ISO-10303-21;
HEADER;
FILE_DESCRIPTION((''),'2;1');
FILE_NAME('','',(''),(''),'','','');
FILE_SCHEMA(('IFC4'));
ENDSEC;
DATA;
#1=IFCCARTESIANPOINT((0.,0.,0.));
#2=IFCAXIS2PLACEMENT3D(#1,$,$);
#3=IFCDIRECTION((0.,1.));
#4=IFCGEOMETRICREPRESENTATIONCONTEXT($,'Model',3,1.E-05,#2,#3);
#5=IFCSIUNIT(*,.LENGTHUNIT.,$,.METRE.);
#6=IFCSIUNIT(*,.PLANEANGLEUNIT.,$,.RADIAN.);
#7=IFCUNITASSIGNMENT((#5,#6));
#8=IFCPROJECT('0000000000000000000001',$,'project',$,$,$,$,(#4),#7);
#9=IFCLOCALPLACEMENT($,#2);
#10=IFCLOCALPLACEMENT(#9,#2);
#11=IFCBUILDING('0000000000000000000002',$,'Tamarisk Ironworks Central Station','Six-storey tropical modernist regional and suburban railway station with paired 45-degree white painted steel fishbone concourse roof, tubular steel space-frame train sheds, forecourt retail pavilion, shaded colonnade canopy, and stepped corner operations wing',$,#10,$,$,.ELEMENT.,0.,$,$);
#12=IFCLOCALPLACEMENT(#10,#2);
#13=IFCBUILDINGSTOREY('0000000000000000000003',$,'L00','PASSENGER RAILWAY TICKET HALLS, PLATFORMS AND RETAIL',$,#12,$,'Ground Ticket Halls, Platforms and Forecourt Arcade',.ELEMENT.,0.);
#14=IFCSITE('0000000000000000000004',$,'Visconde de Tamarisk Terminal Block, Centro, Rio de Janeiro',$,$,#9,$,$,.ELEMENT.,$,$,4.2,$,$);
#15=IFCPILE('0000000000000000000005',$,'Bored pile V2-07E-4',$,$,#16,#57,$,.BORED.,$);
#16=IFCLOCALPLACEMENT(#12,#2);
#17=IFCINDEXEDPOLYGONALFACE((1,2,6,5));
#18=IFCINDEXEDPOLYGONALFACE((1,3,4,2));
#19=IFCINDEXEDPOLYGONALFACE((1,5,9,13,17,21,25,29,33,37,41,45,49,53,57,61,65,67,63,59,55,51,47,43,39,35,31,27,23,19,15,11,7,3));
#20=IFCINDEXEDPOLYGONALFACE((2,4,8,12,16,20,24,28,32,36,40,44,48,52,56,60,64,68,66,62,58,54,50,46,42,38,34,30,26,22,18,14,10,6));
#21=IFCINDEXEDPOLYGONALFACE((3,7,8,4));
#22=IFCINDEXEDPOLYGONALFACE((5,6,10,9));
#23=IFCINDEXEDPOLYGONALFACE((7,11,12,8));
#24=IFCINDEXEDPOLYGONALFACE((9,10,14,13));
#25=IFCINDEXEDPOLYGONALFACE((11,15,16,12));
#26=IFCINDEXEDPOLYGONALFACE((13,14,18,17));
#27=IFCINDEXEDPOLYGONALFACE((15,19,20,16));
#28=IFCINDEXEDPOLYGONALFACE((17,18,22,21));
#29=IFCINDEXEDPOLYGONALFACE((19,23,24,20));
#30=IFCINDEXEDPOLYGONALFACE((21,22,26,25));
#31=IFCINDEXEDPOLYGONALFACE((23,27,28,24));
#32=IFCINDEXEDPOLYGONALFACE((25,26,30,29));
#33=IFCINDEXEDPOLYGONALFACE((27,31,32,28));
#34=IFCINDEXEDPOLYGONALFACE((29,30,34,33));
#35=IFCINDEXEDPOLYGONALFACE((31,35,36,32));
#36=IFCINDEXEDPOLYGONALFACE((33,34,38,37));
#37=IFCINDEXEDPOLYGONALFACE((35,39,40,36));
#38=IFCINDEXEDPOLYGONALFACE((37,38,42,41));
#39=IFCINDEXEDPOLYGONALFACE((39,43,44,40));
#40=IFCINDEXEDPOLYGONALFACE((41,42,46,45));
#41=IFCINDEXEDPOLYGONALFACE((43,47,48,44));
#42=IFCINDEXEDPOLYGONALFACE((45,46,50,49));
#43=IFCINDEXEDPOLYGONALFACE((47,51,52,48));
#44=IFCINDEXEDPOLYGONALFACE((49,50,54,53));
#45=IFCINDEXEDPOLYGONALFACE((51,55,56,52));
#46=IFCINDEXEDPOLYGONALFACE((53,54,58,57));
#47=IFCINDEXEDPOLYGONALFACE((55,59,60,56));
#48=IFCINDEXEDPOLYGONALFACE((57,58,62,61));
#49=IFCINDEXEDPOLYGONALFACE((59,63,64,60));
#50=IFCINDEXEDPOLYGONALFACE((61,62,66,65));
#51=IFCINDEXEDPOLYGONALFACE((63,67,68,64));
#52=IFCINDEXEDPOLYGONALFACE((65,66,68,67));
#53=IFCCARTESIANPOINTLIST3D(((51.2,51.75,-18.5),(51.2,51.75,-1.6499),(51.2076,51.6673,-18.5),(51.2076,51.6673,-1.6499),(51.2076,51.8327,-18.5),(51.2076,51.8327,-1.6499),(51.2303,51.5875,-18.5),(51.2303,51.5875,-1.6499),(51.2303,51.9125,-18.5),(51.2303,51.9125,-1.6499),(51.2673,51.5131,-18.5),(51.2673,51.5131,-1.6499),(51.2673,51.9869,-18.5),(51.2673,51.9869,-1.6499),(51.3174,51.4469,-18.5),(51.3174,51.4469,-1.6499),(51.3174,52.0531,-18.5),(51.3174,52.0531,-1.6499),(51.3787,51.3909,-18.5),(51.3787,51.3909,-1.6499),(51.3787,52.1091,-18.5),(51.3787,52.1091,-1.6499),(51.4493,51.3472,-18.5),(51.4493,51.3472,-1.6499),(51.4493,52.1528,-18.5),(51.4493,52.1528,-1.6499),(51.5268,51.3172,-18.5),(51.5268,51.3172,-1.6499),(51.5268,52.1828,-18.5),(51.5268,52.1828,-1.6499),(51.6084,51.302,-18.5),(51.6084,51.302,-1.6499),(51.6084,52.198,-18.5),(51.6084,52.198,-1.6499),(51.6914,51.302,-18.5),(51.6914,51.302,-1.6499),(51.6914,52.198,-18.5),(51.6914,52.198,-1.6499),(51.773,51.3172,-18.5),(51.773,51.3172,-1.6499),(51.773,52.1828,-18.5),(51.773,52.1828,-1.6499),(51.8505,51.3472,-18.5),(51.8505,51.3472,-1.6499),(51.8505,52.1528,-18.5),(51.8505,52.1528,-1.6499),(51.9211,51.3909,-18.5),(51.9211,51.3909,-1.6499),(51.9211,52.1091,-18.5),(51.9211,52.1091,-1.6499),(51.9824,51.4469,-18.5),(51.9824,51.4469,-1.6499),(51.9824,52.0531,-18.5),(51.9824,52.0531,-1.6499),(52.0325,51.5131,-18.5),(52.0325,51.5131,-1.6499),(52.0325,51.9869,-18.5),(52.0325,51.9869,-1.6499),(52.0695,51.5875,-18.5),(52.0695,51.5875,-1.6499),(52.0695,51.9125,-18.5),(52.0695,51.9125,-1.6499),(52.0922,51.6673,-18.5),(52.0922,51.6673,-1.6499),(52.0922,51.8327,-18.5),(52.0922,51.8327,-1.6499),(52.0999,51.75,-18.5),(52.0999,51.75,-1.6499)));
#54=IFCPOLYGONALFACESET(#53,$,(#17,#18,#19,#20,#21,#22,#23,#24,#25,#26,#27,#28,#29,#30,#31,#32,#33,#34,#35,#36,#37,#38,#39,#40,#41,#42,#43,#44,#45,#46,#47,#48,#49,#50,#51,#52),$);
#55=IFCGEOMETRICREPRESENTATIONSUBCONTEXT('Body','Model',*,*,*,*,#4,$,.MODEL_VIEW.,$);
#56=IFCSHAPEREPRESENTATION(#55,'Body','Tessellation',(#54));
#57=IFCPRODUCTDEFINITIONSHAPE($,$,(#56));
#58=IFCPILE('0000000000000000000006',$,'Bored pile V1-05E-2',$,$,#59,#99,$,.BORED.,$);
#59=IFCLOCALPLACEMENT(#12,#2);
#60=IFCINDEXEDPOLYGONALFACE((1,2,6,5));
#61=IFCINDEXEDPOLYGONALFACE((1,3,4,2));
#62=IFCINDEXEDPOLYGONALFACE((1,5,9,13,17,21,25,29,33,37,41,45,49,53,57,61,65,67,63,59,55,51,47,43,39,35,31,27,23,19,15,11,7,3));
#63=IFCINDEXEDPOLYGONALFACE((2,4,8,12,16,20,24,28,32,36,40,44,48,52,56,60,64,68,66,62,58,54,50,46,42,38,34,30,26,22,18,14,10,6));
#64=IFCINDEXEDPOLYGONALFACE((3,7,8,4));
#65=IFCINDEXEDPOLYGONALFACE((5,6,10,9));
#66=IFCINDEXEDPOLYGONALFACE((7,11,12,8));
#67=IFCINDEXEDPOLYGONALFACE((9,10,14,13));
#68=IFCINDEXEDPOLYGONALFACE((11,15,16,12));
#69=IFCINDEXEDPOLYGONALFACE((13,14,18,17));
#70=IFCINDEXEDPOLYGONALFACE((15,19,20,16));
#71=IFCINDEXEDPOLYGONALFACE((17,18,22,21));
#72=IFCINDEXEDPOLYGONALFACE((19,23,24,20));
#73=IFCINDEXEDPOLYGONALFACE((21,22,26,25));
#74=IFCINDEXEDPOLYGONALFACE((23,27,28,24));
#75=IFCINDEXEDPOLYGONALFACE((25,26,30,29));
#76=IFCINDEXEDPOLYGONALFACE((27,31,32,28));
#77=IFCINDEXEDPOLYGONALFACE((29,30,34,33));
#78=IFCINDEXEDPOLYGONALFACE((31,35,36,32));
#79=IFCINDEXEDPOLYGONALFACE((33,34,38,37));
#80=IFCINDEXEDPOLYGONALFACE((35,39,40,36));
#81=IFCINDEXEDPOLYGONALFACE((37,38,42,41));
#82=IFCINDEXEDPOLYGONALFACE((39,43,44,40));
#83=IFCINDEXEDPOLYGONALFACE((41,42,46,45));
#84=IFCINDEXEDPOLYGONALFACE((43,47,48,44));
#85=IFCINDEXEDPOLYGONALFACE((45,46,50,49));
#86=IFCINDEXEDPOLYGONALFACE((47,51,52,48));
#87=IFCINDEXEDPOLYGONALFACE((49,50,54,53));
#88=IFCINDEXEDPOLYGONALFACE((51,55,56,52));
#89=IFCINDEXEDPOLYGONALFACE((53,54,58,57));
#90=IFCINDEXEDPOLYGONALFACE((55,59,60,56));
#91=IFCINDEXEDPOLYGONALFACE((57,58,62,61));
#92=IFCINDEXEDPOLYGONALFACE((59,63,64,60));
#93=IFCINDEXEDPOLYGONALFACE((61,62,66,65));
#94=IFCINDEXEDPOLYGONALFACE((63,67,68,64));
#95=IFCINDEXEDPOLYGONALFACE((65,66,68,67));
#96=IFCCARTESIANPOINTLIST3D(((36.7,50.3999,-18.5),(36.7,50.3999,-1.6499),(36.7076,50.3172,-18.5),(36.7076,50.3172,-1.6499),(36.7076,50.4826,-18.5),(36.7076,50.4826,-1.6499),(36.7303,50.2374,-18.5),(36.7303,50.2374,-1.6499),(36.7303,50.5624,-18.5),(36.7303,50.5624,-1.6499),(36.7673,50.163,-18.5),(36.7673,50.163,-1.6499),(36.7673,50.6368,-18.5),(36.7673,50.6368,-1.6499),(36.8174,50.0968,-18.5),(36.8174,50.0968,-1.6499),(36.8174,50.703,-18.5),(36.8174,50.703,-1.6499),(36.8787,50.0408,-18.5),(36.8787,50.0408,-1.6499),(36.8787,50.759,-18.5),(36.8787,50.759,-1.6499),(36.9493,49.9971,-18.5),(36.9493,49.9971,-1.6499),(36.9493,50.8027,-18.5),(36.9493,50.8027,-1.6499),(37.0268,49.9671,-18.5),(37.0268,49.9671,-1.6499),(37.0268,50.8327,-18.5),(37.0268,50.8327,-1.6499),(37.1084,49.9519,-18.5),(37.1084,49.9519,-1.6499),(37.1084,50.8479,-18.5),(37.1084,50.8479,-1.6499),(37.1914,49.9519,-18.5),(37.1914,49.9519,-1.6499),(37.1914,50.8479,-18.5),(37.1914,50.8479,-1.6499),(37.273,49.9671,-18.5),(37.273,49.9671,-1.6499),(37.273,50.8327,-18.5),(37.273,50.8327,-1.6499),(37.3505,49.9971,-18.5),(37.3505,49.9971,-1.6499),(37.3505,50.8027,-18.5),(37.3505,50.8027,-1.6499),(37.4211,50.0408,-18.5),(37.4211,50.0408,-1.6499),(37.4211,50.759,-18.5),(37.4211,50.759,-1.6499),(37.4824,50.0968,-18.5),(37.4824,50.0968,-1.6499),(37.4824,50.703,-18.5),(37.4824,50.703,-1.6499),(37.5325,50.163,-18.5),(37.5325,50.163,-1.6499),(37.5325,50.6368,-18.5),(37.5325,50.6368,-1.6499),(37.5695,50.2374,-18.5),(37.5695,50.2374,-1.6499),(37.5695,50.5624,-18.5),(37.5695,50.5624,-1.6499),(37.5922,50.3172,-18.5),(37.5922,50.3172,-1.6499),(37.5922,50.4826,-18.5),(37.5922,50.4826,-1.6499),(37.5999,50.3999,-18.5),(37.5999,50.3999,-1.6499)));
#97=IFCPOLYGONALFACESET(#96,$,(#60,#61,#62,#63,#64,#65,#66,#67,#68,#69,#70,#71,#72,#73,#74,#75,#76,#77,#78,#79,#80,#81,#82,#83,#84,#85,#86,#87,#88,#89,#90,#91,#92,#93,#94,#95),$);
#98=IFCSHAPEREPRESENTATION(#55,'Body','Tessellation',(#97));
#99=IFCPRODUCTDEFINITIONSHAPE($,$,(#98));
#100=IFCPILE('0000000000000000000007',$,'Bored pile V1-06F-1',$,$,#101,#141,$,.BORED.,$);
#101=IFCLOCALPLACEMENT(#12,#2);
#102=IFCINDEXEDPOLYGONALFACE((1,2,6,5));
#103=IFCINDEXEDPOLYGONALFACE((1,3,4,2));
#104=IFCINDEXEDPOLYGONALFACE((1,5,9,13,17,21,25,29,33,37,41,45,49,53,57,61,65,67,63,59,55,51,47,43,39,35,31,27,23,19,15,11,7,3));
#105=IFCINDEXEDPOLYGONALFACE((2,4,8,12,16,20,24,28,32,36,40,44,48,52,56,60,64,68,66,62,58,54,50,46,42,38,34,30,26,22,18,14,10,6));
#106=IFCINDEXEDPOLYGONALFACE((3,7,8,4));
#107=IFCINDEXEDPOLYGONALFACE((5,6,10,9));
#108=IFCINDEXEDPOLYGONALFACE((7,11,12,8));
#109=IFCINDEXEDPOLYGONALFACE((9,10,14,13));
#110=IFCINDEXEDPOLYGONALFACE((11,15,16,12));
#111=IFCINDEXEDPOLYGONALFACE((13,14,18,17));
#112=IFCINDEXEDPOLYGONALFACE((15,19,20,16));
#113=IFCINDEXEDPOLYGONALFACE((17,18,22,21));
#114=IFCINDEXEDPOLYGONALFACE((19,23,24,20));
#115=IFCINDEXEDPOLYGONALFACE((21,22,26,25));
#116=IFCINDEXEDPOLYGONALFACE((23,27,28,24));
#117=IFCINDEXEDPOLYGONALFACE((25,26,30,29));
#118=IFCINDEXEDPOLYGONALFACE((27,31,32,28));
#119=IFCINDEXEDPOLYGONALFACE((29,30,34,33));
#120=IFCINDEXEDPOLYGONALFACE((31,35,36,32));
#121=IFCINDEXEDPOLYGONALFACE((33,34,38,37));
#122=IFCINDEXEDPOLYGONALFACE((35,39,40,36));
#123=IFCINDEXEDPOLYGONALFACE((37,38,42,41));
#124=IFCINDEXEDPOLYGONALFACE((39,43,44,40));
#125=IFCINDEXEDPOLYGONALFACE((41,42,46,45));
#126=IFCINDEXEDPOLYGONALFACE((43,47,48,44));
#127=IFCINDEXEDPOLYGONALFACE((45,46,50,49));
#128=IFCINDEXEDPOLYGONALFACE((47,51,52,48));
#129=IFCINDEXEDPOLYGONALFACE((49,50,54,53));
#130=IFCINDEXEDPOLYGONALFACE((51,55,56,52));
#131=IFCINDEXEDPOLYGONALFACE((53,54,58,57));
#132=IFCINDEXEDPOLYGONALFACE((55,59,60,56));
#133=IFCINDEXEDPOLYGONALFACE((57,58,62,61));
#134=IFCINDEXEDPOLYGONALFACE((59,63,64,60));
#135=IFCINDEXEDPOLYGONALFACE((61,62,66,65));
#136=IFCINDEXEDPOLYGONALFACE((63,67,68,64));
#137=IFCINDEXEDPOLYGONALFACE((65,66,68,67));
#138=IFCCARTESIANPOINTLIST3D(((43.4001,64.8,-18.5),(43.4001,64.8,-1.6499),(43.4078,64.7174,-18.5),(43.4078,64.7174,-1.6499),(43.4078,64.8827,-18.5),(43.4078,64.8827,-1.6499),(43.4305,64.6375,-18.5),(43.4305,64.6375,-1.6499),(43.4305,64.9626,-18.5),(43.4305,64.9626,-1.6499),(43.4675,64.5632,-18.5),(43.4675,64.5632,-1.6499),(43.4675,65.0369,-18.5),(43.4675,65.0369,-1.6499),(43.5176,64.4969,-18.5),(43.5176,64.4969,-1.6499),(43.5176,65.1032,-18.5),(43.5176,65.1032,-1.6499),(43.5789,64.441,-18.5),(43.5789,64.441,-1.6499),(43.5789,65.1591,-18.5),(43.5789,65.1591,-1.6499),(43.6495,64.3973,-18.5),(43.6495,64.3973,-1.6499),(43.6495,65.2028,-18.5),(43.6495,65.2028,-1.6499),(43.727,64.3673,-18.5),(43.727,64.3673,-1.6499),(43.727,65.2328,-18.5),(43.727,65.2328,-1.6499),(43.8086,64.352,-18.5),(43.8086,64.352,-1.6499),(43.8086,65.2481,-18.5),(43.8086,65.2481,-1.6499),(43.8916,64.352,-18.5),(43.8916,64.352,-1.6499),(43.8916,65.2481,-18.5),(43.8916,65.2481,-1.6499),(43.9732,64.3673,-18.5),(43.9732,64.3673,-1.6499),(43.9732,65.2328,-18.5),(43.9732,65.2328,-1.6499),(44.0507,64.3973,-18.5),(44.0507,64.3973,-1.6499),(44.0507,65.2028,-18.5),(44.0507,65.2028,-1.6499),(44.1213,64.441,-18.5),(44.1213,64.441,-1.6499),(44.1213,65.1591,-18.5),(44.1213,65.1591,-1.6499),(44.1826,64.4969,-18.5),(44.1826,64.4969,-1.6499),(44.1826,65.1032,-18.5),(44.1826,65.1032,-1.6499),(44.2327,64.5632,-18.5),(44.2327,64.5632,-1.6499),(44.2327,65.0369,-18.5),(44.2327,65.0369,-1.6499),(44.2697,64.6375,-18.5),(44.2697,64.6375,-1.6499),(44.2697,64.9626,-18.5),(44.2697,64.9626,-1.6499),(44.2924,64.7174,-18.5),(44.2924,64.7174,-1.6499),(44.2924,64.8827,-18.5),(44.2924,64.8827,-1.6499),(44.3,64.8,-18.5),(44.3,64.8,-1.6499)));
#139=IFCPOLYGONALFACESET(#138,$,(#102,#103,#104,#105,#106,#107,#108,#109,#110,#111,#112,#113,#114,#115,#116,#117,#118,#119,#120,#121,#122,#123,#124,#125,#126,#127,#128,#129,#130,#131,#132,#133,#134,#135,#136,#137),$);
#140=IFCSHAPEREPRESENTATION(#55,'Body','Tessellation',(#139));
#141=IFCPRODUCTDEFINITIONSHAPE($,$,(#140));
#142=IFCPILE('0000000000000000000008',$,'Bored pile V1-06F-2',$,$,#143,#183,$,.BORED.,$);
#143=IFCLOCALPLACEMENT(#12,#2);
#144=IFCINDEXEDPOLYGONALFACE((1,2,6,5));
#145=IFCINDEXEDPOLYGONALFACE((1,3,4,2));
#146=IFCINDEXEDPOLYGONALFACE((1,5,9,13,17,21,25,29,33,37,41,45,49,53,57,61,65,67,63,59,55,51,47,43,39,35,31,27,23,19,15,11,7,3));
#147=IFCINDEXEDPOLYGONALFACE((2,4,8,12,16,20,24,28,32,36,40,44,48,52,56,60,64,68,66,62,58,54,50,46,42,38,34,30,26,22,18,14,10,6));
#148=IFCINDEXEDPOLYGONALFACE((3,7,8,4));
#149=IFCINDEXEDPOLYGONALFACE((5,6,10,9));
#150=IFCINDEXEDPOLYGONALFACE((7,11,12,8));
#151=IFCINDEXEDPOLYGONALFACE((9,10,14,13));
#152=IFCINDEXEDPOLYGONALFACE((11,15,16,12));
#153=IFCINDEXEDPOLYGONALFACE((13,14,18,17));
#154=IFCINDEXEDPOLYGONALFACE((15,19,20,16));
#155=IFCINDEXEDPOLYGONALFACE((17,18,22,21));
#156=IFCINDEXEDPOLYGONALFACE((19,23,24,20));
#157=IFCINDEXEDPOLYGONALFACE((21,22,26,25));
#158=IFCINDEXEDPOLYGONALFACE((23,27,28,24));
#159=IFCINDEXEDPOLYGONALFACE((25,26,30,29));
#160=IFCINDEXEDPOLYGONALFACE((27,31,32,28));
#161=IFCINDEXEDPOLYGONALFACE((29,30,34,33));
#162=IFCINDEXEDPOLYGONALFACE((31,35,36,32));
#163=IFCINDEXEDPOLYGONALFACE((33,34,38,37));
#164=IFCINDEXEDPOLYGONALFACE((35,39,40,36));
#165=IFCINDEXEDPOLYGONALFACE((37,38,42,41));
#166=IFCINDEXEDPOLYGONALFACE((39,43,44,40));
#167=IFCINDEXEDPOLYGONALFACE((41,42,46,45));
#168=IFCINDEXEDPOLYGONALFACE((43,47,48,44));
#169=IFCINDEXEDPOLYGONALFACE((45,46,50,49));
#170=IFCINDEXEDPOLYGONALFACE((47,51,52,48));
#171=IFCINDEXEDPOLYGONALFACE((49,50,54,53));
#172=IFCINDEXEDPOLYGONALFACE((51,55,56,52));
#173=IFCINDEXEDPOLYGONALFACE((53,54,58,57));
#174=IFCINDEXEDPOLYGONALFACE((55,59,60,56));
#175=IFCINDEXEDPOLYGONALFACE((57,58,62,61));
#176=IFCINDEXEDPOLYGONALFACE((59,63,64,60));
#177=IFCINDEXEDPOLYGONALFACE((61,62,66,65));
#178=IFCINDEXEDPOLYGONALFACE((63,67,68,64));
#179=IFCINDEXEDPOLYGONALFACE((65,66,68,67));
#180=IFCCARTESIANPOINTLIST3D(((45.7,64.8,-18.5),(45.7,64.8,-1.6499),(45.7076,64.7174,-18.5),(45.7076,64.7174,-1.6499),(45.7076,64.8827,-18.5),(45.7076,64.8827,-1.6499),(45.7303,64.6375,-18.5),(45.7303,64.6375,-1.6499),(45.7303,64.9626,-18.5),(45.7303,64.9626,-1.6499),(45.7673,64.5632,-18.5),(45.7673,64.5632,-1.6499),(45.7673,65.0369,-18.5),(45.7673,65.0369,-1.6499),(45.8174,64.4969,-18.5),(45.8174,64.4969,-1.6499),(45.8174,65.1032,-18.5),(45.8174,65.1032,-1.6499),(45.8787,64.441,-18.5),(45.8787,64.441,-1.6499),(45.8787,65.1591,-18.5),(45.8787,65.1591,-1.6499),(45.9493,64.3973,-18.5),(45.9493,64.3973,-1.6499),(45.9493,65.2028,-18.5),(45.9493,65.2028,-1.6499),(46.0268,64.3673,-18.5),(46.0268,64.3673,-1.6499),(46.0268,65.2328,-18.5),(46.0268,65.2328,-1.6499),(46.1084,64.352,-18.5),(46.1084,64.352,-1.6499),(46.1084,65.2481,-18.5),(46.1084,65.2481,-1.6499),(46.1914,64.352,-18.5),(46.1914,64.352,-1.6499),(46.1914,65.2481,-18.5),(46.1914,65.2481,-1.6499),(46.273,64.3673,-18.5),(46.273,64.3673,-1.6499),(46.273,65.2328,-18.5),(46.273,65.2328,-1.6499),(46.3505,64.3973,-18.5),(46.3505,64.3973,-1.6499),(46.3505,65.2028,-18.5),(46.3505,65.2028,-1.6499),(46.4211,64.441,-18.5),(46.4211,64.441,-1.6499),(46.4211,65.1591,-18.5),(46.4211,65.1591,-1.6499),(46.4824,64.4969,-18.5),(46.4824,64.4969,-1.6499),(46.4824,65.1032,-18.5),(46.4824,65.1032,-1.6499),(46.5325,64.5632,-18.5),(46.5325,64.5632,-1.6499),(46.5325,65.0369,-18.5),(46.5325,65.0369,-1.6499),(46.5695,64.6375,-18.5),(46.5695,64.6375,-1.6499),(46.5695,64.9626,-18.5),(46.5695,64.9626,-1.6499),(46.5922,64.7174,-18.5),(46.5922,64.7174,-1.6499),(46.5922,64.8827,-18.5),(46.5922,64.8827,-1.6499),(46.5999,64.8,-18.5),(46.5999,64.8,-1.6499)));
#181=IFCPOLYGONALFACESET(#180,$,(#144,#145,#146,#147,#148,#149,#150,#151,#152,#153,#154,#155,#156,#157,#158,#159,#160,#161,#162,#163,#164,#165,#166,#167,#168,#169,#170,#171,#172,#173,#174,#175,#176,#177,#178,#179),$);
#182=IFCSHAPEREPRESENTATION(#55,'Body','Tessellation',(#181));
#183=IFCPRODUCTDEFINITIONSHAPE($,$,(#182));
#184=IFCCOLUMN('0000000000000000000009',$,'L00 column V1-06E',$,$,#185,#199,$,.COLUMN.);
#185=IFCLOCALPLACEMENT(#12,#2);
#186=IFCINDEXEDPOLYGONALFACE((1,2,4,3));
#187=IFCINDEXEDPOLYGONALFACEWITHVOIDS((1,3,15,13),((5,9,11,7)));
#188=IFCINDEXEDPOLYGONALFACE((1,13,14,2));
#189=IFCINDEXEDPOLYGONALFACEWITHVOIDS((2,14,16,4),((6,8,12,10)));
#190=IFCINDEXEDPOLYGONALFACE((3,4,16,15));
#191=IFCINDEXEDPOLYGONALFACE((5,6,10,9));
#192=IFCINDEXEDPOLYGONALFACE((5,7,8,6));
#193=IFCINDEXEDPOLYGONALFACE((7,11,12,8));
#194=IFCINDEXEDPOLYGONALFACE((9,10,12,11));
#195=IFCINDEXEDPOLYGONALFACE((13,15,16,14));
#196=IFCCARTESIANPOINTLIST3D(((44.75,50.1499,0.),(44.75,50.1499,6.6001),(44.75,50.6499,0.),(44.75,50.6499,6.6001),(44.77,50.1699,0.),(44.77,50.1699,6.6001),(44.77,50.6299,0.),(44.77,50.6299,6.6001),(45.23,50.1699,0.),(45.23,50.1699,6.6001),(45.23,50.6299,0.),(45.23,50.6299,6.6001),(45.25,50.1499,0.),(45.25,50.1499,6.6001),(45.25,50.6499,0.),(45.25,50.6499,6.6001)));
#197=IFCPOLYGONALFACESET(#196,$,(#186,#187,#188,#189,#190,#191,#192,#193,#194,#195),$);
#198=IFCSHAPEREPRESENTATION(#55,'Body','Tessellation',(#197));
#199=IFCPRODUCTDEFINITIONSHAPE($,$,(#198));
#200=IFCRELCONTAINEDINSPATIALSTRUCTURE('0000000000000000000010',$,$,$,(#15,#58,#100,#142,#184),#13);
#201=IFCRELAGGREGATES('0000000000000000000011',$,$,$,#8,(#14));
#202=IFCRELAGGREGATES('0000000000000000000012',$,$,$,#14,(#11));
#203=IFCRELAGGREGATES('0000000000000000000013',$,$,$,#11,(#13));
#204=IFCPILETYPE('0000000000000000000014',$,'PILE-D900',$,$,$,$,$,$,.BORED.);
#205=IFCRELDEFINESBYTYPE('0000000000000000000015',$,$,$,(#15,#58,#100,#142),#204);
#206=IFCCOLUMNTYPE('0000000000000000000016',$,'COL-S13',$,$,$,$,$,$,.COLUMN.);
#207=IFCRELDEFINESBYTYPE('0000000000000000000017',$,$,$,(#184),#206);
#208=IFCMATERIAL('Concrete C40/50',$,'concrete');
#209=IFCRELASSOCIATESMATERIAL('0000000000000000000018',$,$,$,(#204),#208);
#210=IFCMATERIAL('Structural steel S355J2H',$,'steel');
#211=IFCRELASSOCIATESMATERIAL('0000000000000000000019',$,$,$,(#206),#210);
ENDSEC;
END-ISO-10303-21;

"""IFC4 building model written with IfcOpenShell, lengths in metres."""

from ifc_helpers import new_model, si_unit, direction, frame, origin, origin_2d, place, context, subcontext, project, spatial, hollow_rectangle, circle, extrude, material, material_profile, profile_set, type_object, element, save


model = new_model("IFC4")

# Units and contexts
model_context = context("Model", 3, precision=1e-05, world=origin(), true_north=direction((0.0, 1.0)))
body_context = subcontext(model_context, "Body", "Model", "MODEL_VIEW")
ifc_project = project(units=[si_unit("LENGTHUNIT", "METRE"), si_unit("PLANEANGLEUNIT", "RADIAN")], contexts=[model_context])

# Site, building, storey
site_placement = place(None, origin())
site = spatial("IfcSite", under=ifc_project, at=site_placement, Name="Visconde de Tamarisk Terminal Block, Centro, Rio de Janeiro", CompositionType="ELEMENT", RefElevation=4.2)
building_placement = place(site_placement, origin())
building = spatial("IfcBuilding", under=site, at=building_placement, Name="Tamarisk Ironworks Central Station", Description="Six-storey tropical modernist regional and suburban railway station with paired 45-degree white painted steel fishbone concourse roof, tubular steel space-frame train sheds, forecourt retail pavilion, shaded colonnade canopy, and stepped corner operations wing", CompositionType="ELEMENT", ElevationOfRefHeight=0.0)
storey_placement = place(building_placement, origin())
storey = spatial("IfcBuildingStorey", under=building, at=storey_placement, Name="L00", Description="PASSENGER RAILWAY TICKET HALLS, PLATFORMS AND RETAIL", LongName="Ground Ticket Halls, Platforms and Forecourt Arcade", CompositionType="ELEMENT", Elevation=0.0)

# Shared definitions
ifc_material_1 = material(Name="Concrete C40/50", Category="concrete")

# Piles
ifc_material_profile_1 = material_profile(ifc_material_1, circle(Radius=0.45, at=origin_2d()), Name="BORED PILE D900")
ifc_profile_set_1 = profile_set([ifc_material_profile_1], Name="Concrete C40/50")
pile_type_1 = type_object("IfcPileType", Name="PILE-D900", PredefinedType="BORED", material=ifc_profile_set_1)
for number, where, z_axis, x_axis, name in (
    (1, (51.6499, 51.75, -1.6499), (0.0, 0.0, -1.0), (1.0, 0.0, 0.0), "Bored pile V2-07E-4"),
    (2, (37.1499, 50.3999, -1.6499), (0.0, 0.0, -1.0), (1.0, 0.0, 0.0), "Bored pile V1-05E-2"),
    (3, (43.8501, 64.8, -1.6499), (0.0, 0.0, -1.0), (1.0, 0.0, 0.0), "Bored pile V1-06F-1"),
    (4, (46.1499, 64.8, -1.6499), (0.0, 0.0, -1.0), (1.0, 0.0, 0.0), "Bored pile V1-06F-2"),
):
    element("IfcPile", number, at=place(storey_placement, frame(where, z_axis=z_axis, x_axis=x_axis)), inside=storey, type_object=pile_type_1, Name=name, PredefinedType="BORED", context=body_context, shape_type="SweptSolid", body=[
        extrude(circle(Radius=0.45, at=origin_2d()), origin(), (0.0, 0.0, 1.0), 16.8501),
    ])

# Column
ifc_material_2 = material(Name="Structural steel S355J2H", Category="steel")
ifc_material_profile_2 = material_profile(ifc_material_2, hollow_rectangle(XDim=0.5, YDim=0.5, WallThickness=0.02, at=origin_2d()), Name="SHS 500x500x20")
ifc_profile_set_2 = profile_set([ifc_material_profile_2], Name="Structural steel S355J2H")
column_type_1 = type_object("IfcColumnType", Name="COL-S13", PredefinedType="COLUMN", material=ifc_profile_set_2)
for number, where, z_axis, x_axis, name in (
    (5, (45.0, 50.3999, 0.0), (0.0, 0.0, 1.0), (1.0, 0.0, 0.0), "L00 column V1-06E"),
):
    element("IfcColumn", number, at=place(storey_placement, frame(where, z_axis=z_axis, x_axis=x_axis)), inside=storey, type_object=column_type_1, Name=name, PredefinedType="COLUMN", context=body_context, shape_type="SweptSolid", body=[
        extrude(hollow_rectangle(XDim=0.5, YDim=0.5, WallThickness=0.02, at=origin_2d()), origin(), (0.0, 0.0, 1.0), 6.6001),
    ])

save(model, "model.ifc")
